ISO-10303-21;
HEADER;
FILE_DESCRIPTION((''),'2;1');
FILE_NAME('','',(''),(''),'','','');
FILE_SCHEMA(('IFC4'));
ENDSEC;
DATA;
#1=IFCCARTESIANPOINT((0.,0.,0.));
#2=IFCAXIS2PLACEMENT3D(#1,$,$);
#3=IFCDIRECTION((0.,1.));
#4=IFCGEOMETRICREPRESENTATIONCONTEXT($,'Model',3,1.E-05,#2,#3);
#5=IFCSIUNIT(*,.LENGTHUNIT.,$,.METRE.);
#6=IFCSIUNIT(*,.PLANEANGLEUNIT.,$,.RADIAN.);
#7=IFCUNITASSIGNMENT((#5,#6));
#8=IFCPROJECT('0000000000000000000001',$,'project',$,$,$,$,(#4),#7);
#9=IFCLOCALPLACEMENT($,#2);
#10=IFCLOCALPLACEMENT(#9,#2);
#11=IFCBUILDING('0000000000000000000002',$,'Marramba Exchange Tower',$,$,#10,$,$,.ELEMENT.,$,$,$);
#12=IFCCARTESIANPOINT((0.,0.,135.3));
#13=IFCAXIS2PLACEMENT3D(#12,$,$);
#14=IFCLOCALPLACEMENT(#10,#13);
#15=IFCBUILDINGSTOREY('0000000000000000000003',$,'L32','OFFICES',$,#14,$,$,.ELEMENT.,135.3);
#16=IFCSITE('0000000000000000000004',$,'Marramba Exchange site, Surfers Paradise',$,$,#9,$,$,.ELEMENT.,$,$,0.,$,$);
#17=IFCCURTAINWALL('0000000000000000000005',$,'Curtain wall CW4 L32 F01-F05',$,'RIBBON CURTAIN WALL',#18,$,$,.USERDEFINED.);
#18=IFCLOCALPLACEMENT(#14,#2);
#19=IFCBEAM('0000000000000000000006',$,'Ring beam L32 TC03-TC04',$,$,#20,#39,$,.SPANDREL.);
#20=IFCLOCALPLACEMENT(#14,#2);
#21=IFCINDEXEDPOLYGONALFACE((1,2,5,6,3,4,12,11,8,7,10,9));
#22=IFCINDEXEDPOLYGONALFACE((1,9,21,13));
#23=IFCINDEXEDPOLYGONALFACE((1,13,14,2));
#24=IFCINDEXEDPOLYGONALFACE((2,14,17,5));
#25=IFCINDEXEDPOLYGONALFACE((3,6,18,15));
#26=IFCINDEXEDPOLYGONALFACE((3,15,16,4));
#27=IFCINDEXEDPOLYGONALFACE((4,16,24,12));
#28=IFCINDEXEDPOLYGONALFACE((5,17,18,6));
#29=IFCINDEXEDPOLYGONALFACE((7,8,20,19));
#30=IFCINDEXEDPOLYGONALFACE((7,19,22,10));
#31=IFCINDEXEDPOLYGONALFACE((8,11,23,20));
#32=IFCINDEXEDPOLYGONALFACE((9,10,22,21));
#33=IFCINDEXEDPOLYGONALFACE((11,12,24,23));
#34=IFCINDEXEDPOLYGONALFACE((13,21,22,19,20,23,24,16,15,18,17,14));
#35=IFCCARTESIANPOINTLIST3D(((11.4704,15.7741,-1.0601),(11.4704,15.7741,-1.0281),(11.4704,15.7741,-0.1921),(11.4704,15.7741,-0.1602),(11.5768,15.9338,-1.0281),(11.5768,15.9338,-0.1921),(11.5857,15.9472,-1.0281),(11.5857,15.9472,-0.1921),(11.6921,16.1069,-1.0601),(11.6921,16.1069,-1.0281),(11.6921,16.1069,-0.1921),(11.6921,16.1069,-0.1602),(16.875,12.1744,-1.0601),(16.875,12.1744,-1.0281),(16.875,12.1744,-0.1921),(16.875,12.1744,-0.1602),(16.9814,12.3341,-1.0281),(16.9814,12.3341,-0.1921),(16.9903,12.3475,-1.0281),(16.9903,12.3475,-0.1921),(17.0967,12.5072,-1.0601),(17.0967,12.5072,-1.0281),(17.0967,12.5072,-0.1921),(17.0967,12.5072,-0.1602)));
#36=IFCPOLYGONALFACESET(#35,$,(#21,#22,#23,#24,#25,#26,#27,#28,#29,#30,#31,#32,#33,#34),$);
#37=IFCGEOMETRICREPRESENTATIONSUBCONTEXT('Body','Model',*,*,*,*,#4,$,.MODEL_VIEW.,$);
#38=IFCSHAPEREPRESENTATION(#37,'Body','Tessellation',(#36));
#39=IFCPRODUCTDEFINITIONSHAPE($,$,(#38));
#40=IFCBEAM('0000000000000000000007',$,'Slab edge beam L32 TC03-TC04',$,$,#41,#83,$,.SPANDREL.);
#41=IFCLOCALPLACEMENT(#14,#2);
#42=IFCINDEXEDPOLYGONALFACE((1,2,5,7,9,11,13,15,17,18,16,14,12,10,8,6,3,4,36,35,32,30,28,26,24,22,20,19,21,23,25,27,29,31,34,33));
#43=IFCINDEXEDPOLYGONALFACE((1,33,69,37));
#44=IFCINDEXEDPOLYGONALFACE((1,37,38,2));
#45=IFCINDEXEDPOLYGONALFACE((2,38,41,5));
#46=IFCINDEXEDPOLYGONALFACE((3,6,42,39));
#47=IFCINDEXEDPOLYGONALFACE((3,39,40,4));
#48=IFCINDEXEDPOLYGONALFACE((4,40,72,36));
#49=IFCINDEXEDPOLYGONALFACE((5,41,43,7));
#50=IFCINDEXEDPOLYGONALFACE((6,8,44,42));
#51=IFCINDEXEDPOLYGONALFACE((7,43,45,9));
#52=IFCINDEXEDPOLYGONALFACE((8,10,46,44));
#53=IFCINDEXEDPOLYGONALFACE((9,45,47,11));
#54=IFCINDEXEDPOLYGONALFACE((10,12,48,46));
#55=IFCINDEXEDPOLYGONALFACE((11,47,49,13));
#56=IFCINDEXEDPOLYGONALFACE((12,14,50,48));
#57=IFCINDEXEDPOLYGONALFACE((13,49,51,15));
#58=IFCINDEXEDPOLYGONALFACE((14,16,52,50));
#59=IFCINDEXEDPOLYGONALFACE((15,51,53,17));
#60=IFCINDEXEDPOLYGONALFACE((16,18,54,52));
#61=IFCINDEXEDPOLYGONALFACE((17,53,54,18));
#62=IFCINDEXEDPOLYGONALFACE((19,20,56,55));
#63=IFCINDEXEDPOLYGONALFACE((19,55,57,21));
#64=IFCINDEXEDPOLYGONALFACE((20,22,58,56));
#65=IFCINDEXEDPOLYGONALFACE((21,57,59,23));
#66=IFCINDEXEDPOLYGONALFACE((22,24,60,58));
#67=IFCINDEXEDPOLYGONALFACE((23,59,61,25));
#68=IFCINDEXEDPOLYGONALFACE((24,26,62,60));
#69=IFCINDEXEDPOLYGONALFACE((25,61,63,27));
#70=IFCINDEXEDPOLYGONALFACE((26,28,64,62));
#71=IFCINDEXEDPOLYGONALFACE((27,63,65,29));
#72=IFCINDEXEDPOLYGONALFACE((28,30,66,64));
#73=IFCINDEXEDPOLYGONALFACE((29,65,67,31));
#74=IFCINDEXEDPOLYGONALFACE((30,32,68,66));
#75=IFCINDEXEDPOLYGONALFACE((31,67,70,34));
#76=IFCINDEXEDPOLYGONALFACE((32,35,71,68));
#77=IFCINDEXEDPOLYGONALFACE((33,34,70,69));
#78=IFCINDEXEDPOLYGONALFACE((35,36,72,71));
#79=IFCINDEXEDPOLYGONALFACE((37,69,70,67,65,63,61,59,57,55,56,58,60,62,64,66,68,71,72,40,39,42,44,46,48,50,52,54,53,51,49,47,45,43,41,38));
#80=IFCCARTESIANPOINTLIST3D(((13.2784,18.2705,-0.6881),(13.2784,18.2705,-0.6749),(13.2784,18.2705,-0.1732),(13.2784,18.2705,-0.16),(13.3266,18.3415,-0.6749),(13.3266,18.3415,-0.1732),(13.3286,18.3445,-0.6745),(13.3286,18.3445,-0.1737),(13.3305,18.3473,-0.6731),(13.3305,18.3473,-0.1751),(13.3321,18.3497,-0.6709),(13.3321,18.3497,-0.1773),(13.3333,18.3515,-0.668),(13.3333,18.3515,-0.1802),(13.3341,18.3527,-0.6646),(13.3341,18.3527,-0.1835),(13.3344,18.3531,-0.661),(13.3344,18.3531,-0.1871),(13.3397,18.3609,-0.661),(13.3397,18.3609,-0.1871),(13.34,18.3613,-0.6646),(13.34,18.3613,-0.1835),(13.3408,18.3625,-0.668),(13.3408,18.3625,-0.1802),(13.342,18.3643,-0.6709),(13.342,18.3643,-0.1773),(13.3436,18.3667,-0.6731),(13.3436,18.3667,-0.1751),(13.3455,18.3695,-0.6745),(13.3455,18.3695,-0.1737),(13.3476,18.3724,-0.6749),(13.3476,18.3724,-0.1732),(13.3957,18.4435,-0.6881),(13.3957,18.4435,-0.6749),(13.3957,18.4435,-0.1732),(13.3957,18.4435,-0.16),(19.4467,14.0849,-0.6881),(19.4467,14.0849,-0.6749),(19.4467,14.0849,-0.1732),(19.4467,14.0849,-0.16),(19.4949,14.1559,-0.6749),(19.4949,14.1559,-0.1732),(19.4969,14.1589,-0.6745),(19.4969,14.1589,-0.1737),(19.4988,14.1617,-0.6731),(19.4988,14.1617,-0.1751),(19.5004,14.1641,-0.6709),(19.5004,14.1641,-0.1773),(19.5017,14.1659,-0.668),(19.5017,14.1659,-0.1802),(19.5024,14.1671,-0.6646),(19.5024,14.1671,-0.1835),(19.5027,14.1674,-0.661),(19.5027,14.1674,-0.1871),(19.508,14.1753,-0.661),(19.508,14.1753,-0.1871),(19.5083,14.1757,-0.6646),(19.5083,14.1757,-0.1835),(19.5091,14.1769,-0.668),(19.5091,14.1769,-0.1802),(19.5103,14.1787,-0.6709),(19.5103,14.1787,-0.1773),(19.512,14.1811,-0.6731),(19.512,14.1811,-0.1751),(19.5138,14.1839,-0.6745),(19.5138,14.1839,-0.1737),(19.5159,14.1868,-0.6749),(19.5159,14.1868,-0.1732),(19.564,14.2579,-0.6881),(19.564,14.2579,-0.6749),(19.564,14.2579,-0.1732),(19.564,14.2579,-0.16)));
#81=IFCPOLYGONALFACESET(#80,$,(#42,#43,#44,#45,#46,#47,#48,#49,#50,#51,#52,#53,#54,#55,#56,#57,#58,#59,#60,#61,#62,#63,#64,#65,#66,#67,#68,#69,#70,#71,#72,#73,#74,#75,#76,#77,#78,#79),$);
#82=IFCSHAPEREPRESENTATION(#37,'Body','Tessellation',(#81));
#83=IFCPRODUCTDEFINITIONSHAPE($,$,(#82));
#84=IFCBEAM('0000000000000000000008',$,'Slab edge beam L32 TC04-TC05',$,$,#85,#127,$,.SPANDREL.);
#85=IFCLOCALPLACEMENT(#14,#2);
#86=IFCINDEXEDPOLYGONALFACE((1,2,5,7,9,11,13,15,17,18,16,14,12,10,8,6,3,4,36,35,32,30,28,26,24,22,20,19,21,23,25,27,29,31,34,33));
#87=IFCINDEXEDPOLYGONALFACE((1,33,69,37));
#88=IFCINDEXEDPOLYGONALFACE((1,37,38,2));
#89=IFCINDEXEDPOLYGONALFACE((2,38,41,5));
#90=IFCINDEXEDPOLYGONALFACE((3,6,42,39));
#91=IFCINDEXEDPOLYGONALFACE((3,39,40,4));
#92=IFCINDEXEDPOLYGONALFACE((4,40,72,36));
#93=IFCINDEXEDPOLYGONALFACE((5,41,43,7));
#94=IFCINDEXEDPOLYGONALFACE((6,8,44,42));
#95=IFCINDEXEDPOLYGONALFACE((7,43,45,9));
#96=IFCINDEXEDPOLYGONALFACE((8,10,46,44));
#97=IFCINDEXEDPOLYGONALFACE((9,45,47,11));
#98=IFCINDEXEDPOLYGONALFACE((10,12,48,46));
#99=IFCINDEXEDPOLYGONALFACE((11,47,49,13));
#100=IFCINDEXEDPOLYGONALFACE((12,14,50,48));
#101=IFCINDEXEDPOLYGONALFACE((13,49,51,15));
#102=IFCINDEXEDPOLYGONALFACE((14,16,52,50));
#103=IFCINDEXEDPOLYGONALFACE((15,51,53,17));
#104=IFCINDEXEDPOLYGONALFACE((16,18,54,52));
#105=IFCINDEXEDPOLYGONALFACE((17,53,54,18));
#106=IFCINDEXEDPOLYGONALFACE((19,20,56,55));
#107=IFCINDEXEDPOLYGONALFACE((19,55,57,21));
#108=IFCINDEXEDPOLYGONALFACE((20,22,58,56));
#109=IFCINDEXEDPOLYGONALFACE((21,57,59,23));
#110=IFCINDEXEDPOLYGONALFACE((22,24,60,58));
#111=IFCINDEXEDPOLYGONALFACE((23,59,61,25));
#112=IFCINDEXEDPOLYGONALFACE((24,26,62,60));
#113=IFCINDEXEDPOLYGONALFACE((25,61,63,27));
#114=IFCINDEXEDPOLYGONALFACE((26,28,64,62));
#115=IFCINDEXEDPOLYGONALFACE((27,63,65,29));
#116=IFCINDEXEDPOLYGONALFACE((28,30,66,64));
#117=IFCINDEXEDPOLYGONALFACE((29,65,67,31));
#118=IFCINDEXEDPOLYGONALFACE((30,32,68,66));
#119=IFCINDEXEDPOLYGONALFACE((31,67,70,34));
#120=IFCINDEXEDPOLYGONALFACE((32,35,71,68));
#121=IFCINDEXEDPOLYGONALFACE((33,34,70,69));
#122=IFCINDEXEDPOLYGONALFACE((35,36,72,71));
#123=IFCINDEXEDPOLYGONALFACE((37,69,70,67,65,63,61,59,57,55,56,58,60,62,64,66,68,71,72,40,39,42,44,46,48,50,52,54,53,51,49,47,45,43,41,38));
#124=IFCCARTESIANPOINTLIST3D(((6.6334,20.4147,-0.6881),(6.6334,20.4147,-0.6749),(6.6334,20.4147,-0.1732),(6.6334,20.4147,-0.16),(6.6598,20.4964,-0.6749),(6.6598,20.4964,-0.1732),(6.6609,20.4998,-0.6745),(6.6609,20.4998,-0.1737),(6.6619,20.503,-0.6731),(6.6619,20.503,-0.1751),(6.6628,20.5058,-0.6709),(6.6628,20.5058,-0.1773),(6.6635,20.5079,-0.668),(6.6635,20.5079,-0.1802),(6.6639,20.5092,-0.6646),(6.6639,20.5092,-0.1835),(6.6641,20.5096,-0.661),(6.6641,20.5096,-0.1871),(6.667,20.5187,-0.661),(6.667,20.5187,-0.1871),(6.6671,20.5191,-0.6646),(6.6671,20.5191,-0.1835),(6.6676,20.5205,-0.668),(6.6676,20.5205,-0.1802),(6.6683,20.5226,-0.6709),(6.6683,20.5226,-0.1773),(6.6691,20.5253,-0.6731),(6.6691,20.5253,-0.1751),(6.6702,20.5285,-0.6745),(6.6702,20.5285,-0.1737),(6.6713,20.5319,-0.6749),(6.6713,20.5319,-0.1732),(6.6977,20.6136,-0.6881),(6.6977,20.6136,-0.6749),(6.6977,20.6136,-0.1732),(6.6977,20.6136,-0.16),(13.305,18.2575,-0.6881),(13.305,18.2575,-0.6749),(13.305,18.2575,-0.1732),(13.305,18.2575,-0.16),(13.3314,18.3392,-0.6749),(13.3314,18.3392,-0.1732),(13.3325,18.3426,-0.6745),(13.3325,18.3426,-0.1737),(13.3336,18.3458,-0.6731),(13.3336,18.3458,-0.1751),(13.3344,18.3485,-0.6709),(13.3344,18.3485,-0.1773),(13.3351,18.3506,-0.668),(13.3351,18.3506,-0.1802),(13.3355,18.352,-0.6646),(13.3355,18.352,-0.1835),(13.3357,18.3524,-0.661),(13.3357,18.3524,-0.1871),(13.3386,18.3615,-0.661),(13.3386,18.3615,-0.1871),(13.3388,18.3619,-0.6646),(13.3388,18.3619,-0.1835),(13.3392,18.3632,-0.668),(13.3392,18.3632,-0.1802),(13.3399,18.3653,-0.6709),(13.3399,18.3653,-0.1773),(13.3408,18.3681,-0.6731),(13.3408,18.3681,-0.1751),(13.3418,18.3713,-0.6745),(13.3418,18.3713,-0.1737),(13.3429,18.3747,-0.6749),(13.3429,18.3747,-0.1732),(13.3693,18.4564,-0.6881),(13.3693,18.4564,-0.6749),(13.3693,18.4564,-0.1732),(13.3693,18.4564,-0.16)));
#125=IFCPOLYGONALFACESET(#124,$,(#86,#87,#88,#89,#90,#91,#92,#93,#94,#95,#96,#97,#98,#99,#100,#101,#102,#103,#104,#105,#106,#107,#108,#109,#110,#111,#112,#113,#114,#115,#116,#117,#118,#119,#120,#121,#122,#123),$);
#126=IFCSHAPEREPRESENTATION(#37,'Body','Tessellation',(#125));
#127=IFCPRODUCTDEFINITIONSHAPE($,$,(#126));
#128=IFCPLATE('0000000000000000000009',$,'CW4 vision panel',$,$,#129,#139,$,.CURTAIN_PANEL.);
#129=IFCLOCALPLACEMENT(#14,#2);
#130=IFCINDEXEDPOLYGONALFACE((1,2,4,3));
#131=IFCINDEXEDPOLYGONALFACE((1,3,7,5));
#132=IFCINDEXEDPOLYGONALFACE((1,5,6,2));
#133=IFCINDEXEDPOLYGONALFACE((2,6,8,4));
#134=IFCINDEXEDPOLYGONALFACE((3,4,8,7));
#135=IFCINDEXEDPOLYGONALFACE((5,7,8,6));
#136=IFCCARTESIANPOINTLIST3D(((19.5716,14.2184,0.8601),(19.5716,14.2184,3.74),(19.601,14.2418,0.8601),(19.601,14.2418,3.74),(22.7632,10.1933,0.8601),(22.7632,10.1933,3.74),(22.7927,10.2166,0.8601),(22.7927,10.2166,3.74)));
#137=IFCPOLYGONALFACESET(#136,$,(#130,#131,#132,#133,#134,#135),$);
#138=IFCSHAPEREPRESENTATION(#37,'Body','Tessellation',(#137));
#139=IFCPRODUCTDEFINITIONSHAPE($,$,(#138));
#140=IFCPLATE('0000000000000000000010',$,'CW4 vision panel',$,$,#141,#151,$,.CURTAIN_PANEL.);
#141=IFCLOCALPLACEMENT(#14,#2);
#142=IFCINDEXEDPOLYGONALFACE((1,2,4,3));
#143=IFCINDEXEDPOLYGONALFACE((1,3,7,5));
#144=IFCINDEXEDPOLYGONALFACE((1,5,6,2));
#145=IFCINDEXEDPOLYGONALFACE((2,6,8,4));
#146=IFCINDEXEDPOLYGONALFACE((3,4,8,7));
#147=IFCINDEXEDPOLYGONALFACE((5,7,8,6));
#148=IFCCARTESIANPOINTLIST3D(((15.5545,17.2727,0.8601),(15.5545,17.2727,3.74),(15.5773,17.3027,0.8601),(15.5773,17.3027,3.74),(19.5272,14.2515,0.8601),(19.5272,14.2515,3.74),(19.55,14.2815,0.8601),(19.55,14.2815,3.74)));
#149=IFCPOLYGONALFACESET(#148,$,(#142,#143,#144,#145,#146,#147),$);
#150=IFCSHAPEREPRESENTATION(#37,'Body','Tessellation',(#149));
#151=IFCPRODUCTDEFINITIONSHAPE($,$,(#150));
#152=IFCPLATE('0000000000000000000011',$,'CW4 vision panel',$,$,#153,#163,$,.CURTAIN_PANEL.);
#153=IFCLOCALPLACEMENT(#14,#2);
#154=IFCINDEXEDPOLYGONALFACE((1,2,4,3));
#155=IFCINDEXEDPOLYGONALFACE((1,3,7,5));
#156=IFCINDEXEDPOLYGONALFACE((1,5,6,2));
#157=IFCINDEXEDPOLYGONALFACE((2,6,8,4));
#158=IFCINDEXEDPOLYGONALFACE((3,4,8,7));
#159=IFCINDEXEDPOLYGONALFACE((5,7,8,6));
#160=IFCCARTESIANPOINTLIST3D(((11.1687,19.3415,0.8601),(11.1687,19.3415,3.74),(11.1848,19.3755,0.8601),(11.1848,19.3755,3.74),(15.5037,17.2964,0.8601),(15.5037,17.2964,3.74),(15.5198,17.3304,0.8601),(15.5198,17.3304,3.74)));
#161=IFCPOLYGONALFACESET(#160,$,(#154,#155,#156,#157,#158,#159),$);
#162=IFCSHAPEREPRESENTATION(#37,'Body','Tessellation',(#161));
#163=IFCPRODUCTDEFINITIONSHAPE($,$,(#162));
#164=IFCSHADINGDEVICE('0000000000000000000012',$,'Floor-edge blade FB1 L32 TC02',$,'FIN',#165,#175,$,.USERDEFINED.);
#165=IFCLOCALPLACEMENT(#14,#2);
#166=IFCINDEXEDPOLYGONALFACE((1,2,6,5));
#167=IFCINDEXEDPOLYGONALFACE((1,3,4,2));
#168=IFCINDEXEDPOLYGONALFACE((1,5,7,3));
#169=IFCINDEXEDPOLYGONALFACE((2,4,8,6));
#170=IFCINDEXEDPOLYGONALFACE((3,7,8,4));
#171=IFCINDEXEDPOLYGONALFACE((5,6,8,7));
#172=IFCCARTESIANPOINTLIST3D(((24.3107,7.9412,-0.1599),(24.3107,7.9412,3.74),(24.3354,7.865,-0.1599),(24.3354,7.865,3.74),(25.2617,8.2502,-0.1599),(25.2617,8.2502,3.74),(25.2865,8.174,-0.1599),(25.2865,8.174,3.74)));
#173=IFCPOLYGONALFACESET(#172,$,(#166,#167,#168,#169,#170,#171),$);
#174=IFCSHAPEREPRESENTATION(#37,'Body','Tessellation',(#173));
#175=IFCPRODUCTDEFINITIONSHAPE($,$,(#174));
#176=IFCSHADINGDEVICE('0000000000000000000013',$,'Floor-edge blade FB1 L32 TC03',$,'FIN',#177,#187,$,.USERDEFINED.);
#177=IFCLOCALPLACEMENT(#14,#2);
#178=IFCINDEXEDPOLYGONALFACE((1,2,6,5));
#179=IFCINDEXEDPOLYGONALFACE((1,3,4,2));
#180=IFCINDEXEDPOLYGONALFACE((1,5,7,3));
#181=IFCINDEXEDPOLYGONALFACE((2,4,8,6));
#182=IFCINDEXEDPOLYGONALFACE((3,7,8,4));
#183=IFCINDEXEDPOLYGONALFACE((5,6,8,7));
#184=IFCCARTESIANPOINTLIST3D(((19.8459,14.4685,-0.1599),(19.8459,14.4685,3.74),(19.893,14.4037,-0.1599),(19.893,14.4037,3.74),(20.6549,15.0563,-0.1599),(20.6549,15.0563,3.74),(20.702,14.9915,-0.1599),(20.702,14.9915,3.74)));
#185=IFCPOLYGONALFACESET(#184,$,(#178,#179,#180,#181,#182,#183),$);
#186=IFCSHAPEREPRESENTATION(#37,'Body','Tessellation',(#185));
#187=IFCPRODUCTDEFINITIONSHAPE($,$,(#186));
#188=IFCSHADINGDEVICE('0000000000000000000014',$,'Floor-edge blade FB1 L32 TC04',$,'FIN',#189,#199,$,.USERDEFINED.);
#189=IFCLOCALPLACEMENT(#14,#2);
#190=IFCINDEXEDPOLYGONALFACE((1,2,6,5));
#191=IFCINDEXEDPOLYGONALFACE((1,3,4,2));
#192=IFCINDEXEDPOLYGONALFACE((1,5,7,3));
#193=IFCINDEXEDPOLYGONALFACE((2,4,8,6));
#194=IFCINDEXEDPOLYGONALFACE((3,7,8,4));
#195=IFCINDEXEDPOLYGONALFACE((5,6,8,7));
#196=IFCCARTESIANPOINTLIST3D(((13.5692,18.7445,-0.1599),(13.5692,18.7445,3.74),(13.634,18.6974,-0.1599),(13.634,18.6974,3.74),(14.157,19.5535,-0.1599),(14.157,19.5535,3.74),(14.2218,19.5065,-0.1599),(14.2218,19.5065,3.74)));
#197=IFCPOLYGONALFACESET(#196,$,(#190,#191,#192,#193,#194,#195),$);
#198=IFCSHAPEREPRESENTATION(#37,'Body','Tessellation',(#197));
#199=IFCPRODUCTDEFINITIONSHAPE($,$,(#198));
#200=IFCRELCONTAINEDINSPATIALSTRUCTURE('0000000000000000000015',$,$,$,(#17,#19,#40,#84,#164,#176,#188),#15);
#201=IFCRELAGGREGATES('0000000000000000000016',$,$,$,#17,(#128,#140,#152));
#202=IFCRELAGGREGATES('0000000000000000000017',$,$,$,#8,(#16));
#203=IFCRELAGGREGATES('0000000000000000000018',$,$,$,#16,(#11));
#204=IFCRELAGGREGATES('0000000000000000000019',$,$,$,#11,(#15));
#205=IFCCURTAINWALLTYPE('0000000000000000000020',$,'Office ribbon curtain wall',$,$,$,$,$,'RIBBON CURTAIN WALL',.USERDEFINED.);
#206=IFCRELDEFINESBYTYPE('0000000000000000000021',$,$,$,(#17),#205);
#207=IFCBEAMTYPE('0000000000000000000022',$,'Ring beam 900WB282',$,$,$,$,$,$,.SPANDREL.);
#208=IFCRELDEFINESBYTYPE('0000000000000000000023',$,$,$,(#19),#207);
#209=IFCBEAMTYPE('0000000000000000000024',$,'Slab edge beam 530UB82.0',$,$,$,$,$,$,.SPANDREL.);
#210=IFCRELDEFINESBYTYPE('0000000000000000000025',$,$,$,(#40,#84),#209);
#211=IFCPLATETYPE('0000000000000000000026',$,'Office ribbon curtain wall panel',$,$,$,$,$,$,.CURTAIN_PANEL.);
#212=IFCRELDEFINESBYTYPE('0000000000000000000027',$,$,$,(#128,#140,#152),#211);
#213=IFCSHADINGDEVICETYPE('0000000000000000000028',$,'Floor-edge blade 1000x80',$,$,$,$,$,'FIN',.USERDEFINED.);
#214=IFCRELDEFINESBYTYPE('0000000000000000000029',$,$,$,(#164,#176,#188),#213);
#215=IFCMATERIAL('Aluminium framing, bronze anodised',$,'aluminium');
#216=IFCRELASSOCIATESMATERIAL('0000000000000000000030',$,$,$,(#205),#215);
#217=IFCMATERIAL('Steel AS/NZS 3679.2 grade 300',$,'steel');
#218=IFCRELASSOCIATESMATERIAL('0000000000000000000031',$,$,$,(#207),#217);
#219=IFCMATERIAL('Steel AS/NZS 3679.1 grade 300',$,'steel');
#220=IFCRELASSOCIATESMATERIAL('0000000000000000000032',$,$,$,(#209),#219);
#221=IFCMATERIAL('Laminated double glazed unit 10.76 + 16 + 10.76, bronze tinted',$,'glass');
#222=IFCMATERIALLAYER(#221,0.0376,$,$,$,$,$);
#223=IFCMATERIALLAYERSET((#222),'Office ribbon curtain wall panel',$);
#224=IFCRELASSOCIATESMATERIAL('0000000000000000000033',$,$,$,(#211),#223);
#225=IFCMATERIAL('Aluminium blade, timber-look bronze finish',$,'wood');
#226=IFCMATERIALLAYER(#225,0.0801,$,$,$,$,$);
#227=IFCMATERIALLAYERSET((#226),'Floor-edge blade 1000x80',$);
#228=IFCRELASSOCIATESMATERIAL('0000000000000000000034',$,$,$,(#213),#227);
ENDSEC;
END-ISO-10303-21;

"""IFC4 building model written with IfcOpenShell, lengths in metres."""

from ifc_helpers import new_model, si_unit, direction, frame, origin, origin_2d, place, context, subcontext, project, spatial, rectangle, i_section, extrude, material, layer, layer_set, material_profile, profile_set, type_object, element, aggregate, save


model = new_model("IFC4")

# Units and contexts
model_context = context("Model", 3, precision=1e-05, world=origin(), true_north=direction((0.0, 1.0)))
body_context = subcontext(model_context, "Body", "Model", "MODEL_VIEW")
ifc_project = project(units=[si_unit("LENGTHUNIT", "METRE"), si_unit("PLANEANGLEUNIT", "RADIAN")], contexts=[model_context])

# Site, building, storey
site_placement = place(None, origin())
site = spatial("IfcSite", under=ifc_project, at=site_placement, Name="Marramba Exchange site, Surfers Paradise", CompositionType="ELEMENT", RefElevation=0.0)
building_placement = place(site_placement, origin())
building = spatial("IfcBuilding", under=site, at=building_placement, Name="Marramba Exchange Tower", CompositionType="ELEMENT")
storey_placement = place(building_placement, frame((0.0, 0.0, 135.3)))
storey = spatial("IfcBuildingStorey", under=building, at=storey_placement, Name="L32", Description="OFFICES", CompositionType="ELEMENT", Elevation=135.3)

# Shared definitions
ifc_material_1 = material(Name="Steel AS/NZS 3679.2 grade 300", Category="steel")
ifc_material_2 = material(Name="Steel AS/NZS 3679.1 grade 300", Category="steel")

# Curtain wall
ifc_material_3 = material(Name="Aluminium framing, bronze anodised", Category="aluminium")
curtain_wall_type = type_object("IfcCurtainWallType", Name="Office ribbon curtain wall", ElementType="RIBBON CURTAIN WALL", PredefinedType="USERDEFINED", material=ifc_material_3)
curtain_wall_placement = place(storey_placement, origin())
curtain_wall = element("IfcCurtainWall", 1, at=curtain_wall_placement, inside=storey, type_object=curtain_wall_type, Name="Curtain wall CW4 L32 F01-F05", ObjectType="RIBBON CURTAIN WALL", PredefinedType="USERDEFINED")

# Beams
ifc_material_profile_1 = material_profile(ifc_material_1, i_section(OverallWidth=0.3999, OverallDepth=0.8999, WebThickness=0.0161, FlangeThickness=0.032, at=origin_2d()), Name="900WB282")
ifc_profile_set_1 = profile_set([ifc_material_profile_1], Name="Steel AS/NZS 3679.2 grade 300")
beam_type_1 = type_object("IfcBeamType", Name="Ring beam 900WB282", PredefinedType="SPANDREL", material=ifc_profile_set_1)
beam_1_placement = place(storey_placement, frame((16.9858, 12.3408, -0.6101), z_axis=(-0.832293, 0.554336, 0.0), x_axis=(-0.554336, -0.832293, 0.0)))
element("IfcBeam", 2, at=beam_1_placement, inside=storey, type_object=beam_type_1, Name="Ring beam L32 TC03-TC04", PredefinedType="SPANDREL", context=body_context, shape_type="SweptSolid", body=[
    extrude(i_section(OverallWidth=0.3999, OverallDepth=0.8999, WebThickness=0.0161, FlangeThickness=0.032, at=origin_2d()), origin(), (0.0, 0.0, 1.0), 6.4937),
])
ifc_material_profile_2 = material_profile(ifc_material_2, i_section(OverallWidth=0.209, OverallDepth=0.5281, WebThickness=0.0095, FlangeThickness=0.0132, FilletRadius=0.0139, at=origin_2d()), Name="530UB82.0")
ifc_profile_set_2 = profile_set([ifc_material_profile_2], Name="Steel AS/NZS 3679.1 grade 300")
beam_type_2 = type_object("IfcBeamType", Name="Slab edge beam 530UB82.0", PredefinedType="SPANDREL", material=ifc_profile_set_2)
beam_2_placement = place(storey_placement, frame((19.5054, 14.1714, -0.4241), z_axis=(-0.827477, 0.561499, 0.0), x_axis=(-0.561499, -0.827477, 0.0)))
element("IfcBeam", 3, at=beam_2_placement, inside=storey, type_object=beam_type_2, Name="Slab edge beam L32 TC03-TC04", PredefinedType="SPANDREL", context=body_context, shape_type="SweptSolid", body=[
    extrude(i_section(OverallWidth=0.209, OverallDepth=0.5281, WebThickness=0.0095, FlangeThickness=0.0132, FilletRadius=0.0139, at=origin_2d()), origin(), (0.0, 0.0, 1.0), 7.4543),
])
beam_3_placement = place(storey_placement, frame((13.3372, 18.3569, -0.4241), z_axis=(-0.951496, 0.30766, 0.0), x_axis=(-0.30766, -0.951496, 0.0)))
element("IfcBeam", 4, at=beam_3_placement, inside=storey, type_object=beam_type_2, Name="Slab edge beam L32 TC04-TC05", PredefinedType="SPANDREL", context=body_context, shape_type="SweptSolid", body=[
    extrude(i_section(OverallWidth=0.209, OverallDepth=0.5281, WebThickness=0.0095, FlangeThickness=0.0132, FilletRadius=0.0139, at=origin_2d()), origin(), (0.0, 0.0, 1.0), 7.0117),
])

# Plates
ifc_material_4 = material(Name="Laminated double glazed unit 10.76 + 16 + 10.76, bronze tinted", Category="glass")
ifc_layer_1 = layer(ifc_material_4, 0.0376)
ifc_layer_set_1 = layer_set([ifc_layer_1], Name="Office ribbon curtain wall panel")
plate_type = type_object("IfcPlateType", Name="Office ribbon curtain wall panel", PredefinedType="CURTAIN_PANEL", material=ifc_layer_set_1)
plate_1_placement = place(storey_placement, frame((21.1821, 12.2175, 0.8601), z_axis=(0.0, 0.0, 1.0), x_axis=(-0.621312, 0.783563, 0.0)))
plate_1 = element("IfcPlate", 5, at=plate_1_placement, type_object=plate_type, Name="CW4 vision panel", PredefinedType="CURTAIN_PANEL", context=body_context, shape_type="SweptSolid", body=[
    extrude(rectangle(XDim=5.137, YDim=0.0376, at=origin_2d()), origin(), (0.0, 0.0, 1.0), 2.8799),
])
plate_2_placement = place(storey_placement, frame((17.5522, 15.7771, 0.8601), z_axis=(0.0, 0.0, 1.0), x_axis=(-0.795972, 0.605334, 0.0)))
plate_2 = element("IfcPlate", 6, at=plate_2_placement, type_object=plate_type, Name="CW4 vision panel", PredefinedType="CURTAIN_PANEL", context=body_context, shape_type="SweptSolid", body=[
    extrude(rectangle(XDim=4.991, YDim=0.0376, at=origin_2d()), origin(), (0.0, 0.0, 1.0), 2.8799),
])
plate_3_placement = place(storey_placement, frame((13.3442, 18.3359, 0.8601), z_axis=(0.0, 0.0, 1.0), x_axis=(-0.904403, 0.426679, 0.0)))
plate_3 = element("IfcPlate", 7, at=plate_3_placement, type_object=plate_type, Name="CW4 vision panel", PredefinedType="CURTAIN_PANEL", context=body_context, shape_type="SweptSolid", body=[
    extrude(rectangle(XDim=4.7932, YDim=0.0376, at=origin_2d()), origin(), (0.0, 0.0, 1.0), 2.8799),
])
aggregate(curtain_wall, [plate_1, plate_2, plate_3])

# Shading devices
ifc_material_5 = material(Name="Aluminium blade, timber-look bronze finish", Category="wood")
ifc_layer_2 = layer(ifc_material_5, 0.0801)
ifc_layer_set_2 = layer_set([ifc_layer_2], Name="Floor-edge blade 1000x80")
shading_device_type_1 = type_object("IfcShadingDeviceType", Name="Floor-edge blade 1000x80", ElementType="FIN", PredefinedType="USERDEFINED", material=ifc_layer_set_2)
for number, where, z_axis, x_axis, name in (
    (8, (24.7986, 8.0576, -0.1599), (0.0, 0.0, 1.0), (0.951057, 0.309017, 0.0), "Floor-edge blade FB1 L32 TC02"),
    (9, (20.2739, 14.73, -0.1599), (0.0, 0.0, 1.0), (0.809017, 0.587785, 0.0), "Floor-edge blade FB1 L32 TC03"),
    (10, (13.8955, 19.1255, -0.1599), (0.0, 0.0, 1.0), (0.587785, 0.809017, 0.0), "Floor-edge blade FB1 L32 TC04"),
):
    element("IfcShadingDevice", number, at=place(storey_placement, frame(where, z_axis=z_axis, x_axis=x_axis)), inside=storey, type_object=shading_device_type_1, Name=name, ObjectType="FIN", PredefinedType="USERDEFINED", context=body_context, shape_type="SweptSolid", body=[
        extrude(rectangle(XDim=1.0, YDim=0.0801, at=origin_2d()), origin(), (0.0, 0.0, 1.0), 3.8999),
    ])

save(model, "model.ifc")
